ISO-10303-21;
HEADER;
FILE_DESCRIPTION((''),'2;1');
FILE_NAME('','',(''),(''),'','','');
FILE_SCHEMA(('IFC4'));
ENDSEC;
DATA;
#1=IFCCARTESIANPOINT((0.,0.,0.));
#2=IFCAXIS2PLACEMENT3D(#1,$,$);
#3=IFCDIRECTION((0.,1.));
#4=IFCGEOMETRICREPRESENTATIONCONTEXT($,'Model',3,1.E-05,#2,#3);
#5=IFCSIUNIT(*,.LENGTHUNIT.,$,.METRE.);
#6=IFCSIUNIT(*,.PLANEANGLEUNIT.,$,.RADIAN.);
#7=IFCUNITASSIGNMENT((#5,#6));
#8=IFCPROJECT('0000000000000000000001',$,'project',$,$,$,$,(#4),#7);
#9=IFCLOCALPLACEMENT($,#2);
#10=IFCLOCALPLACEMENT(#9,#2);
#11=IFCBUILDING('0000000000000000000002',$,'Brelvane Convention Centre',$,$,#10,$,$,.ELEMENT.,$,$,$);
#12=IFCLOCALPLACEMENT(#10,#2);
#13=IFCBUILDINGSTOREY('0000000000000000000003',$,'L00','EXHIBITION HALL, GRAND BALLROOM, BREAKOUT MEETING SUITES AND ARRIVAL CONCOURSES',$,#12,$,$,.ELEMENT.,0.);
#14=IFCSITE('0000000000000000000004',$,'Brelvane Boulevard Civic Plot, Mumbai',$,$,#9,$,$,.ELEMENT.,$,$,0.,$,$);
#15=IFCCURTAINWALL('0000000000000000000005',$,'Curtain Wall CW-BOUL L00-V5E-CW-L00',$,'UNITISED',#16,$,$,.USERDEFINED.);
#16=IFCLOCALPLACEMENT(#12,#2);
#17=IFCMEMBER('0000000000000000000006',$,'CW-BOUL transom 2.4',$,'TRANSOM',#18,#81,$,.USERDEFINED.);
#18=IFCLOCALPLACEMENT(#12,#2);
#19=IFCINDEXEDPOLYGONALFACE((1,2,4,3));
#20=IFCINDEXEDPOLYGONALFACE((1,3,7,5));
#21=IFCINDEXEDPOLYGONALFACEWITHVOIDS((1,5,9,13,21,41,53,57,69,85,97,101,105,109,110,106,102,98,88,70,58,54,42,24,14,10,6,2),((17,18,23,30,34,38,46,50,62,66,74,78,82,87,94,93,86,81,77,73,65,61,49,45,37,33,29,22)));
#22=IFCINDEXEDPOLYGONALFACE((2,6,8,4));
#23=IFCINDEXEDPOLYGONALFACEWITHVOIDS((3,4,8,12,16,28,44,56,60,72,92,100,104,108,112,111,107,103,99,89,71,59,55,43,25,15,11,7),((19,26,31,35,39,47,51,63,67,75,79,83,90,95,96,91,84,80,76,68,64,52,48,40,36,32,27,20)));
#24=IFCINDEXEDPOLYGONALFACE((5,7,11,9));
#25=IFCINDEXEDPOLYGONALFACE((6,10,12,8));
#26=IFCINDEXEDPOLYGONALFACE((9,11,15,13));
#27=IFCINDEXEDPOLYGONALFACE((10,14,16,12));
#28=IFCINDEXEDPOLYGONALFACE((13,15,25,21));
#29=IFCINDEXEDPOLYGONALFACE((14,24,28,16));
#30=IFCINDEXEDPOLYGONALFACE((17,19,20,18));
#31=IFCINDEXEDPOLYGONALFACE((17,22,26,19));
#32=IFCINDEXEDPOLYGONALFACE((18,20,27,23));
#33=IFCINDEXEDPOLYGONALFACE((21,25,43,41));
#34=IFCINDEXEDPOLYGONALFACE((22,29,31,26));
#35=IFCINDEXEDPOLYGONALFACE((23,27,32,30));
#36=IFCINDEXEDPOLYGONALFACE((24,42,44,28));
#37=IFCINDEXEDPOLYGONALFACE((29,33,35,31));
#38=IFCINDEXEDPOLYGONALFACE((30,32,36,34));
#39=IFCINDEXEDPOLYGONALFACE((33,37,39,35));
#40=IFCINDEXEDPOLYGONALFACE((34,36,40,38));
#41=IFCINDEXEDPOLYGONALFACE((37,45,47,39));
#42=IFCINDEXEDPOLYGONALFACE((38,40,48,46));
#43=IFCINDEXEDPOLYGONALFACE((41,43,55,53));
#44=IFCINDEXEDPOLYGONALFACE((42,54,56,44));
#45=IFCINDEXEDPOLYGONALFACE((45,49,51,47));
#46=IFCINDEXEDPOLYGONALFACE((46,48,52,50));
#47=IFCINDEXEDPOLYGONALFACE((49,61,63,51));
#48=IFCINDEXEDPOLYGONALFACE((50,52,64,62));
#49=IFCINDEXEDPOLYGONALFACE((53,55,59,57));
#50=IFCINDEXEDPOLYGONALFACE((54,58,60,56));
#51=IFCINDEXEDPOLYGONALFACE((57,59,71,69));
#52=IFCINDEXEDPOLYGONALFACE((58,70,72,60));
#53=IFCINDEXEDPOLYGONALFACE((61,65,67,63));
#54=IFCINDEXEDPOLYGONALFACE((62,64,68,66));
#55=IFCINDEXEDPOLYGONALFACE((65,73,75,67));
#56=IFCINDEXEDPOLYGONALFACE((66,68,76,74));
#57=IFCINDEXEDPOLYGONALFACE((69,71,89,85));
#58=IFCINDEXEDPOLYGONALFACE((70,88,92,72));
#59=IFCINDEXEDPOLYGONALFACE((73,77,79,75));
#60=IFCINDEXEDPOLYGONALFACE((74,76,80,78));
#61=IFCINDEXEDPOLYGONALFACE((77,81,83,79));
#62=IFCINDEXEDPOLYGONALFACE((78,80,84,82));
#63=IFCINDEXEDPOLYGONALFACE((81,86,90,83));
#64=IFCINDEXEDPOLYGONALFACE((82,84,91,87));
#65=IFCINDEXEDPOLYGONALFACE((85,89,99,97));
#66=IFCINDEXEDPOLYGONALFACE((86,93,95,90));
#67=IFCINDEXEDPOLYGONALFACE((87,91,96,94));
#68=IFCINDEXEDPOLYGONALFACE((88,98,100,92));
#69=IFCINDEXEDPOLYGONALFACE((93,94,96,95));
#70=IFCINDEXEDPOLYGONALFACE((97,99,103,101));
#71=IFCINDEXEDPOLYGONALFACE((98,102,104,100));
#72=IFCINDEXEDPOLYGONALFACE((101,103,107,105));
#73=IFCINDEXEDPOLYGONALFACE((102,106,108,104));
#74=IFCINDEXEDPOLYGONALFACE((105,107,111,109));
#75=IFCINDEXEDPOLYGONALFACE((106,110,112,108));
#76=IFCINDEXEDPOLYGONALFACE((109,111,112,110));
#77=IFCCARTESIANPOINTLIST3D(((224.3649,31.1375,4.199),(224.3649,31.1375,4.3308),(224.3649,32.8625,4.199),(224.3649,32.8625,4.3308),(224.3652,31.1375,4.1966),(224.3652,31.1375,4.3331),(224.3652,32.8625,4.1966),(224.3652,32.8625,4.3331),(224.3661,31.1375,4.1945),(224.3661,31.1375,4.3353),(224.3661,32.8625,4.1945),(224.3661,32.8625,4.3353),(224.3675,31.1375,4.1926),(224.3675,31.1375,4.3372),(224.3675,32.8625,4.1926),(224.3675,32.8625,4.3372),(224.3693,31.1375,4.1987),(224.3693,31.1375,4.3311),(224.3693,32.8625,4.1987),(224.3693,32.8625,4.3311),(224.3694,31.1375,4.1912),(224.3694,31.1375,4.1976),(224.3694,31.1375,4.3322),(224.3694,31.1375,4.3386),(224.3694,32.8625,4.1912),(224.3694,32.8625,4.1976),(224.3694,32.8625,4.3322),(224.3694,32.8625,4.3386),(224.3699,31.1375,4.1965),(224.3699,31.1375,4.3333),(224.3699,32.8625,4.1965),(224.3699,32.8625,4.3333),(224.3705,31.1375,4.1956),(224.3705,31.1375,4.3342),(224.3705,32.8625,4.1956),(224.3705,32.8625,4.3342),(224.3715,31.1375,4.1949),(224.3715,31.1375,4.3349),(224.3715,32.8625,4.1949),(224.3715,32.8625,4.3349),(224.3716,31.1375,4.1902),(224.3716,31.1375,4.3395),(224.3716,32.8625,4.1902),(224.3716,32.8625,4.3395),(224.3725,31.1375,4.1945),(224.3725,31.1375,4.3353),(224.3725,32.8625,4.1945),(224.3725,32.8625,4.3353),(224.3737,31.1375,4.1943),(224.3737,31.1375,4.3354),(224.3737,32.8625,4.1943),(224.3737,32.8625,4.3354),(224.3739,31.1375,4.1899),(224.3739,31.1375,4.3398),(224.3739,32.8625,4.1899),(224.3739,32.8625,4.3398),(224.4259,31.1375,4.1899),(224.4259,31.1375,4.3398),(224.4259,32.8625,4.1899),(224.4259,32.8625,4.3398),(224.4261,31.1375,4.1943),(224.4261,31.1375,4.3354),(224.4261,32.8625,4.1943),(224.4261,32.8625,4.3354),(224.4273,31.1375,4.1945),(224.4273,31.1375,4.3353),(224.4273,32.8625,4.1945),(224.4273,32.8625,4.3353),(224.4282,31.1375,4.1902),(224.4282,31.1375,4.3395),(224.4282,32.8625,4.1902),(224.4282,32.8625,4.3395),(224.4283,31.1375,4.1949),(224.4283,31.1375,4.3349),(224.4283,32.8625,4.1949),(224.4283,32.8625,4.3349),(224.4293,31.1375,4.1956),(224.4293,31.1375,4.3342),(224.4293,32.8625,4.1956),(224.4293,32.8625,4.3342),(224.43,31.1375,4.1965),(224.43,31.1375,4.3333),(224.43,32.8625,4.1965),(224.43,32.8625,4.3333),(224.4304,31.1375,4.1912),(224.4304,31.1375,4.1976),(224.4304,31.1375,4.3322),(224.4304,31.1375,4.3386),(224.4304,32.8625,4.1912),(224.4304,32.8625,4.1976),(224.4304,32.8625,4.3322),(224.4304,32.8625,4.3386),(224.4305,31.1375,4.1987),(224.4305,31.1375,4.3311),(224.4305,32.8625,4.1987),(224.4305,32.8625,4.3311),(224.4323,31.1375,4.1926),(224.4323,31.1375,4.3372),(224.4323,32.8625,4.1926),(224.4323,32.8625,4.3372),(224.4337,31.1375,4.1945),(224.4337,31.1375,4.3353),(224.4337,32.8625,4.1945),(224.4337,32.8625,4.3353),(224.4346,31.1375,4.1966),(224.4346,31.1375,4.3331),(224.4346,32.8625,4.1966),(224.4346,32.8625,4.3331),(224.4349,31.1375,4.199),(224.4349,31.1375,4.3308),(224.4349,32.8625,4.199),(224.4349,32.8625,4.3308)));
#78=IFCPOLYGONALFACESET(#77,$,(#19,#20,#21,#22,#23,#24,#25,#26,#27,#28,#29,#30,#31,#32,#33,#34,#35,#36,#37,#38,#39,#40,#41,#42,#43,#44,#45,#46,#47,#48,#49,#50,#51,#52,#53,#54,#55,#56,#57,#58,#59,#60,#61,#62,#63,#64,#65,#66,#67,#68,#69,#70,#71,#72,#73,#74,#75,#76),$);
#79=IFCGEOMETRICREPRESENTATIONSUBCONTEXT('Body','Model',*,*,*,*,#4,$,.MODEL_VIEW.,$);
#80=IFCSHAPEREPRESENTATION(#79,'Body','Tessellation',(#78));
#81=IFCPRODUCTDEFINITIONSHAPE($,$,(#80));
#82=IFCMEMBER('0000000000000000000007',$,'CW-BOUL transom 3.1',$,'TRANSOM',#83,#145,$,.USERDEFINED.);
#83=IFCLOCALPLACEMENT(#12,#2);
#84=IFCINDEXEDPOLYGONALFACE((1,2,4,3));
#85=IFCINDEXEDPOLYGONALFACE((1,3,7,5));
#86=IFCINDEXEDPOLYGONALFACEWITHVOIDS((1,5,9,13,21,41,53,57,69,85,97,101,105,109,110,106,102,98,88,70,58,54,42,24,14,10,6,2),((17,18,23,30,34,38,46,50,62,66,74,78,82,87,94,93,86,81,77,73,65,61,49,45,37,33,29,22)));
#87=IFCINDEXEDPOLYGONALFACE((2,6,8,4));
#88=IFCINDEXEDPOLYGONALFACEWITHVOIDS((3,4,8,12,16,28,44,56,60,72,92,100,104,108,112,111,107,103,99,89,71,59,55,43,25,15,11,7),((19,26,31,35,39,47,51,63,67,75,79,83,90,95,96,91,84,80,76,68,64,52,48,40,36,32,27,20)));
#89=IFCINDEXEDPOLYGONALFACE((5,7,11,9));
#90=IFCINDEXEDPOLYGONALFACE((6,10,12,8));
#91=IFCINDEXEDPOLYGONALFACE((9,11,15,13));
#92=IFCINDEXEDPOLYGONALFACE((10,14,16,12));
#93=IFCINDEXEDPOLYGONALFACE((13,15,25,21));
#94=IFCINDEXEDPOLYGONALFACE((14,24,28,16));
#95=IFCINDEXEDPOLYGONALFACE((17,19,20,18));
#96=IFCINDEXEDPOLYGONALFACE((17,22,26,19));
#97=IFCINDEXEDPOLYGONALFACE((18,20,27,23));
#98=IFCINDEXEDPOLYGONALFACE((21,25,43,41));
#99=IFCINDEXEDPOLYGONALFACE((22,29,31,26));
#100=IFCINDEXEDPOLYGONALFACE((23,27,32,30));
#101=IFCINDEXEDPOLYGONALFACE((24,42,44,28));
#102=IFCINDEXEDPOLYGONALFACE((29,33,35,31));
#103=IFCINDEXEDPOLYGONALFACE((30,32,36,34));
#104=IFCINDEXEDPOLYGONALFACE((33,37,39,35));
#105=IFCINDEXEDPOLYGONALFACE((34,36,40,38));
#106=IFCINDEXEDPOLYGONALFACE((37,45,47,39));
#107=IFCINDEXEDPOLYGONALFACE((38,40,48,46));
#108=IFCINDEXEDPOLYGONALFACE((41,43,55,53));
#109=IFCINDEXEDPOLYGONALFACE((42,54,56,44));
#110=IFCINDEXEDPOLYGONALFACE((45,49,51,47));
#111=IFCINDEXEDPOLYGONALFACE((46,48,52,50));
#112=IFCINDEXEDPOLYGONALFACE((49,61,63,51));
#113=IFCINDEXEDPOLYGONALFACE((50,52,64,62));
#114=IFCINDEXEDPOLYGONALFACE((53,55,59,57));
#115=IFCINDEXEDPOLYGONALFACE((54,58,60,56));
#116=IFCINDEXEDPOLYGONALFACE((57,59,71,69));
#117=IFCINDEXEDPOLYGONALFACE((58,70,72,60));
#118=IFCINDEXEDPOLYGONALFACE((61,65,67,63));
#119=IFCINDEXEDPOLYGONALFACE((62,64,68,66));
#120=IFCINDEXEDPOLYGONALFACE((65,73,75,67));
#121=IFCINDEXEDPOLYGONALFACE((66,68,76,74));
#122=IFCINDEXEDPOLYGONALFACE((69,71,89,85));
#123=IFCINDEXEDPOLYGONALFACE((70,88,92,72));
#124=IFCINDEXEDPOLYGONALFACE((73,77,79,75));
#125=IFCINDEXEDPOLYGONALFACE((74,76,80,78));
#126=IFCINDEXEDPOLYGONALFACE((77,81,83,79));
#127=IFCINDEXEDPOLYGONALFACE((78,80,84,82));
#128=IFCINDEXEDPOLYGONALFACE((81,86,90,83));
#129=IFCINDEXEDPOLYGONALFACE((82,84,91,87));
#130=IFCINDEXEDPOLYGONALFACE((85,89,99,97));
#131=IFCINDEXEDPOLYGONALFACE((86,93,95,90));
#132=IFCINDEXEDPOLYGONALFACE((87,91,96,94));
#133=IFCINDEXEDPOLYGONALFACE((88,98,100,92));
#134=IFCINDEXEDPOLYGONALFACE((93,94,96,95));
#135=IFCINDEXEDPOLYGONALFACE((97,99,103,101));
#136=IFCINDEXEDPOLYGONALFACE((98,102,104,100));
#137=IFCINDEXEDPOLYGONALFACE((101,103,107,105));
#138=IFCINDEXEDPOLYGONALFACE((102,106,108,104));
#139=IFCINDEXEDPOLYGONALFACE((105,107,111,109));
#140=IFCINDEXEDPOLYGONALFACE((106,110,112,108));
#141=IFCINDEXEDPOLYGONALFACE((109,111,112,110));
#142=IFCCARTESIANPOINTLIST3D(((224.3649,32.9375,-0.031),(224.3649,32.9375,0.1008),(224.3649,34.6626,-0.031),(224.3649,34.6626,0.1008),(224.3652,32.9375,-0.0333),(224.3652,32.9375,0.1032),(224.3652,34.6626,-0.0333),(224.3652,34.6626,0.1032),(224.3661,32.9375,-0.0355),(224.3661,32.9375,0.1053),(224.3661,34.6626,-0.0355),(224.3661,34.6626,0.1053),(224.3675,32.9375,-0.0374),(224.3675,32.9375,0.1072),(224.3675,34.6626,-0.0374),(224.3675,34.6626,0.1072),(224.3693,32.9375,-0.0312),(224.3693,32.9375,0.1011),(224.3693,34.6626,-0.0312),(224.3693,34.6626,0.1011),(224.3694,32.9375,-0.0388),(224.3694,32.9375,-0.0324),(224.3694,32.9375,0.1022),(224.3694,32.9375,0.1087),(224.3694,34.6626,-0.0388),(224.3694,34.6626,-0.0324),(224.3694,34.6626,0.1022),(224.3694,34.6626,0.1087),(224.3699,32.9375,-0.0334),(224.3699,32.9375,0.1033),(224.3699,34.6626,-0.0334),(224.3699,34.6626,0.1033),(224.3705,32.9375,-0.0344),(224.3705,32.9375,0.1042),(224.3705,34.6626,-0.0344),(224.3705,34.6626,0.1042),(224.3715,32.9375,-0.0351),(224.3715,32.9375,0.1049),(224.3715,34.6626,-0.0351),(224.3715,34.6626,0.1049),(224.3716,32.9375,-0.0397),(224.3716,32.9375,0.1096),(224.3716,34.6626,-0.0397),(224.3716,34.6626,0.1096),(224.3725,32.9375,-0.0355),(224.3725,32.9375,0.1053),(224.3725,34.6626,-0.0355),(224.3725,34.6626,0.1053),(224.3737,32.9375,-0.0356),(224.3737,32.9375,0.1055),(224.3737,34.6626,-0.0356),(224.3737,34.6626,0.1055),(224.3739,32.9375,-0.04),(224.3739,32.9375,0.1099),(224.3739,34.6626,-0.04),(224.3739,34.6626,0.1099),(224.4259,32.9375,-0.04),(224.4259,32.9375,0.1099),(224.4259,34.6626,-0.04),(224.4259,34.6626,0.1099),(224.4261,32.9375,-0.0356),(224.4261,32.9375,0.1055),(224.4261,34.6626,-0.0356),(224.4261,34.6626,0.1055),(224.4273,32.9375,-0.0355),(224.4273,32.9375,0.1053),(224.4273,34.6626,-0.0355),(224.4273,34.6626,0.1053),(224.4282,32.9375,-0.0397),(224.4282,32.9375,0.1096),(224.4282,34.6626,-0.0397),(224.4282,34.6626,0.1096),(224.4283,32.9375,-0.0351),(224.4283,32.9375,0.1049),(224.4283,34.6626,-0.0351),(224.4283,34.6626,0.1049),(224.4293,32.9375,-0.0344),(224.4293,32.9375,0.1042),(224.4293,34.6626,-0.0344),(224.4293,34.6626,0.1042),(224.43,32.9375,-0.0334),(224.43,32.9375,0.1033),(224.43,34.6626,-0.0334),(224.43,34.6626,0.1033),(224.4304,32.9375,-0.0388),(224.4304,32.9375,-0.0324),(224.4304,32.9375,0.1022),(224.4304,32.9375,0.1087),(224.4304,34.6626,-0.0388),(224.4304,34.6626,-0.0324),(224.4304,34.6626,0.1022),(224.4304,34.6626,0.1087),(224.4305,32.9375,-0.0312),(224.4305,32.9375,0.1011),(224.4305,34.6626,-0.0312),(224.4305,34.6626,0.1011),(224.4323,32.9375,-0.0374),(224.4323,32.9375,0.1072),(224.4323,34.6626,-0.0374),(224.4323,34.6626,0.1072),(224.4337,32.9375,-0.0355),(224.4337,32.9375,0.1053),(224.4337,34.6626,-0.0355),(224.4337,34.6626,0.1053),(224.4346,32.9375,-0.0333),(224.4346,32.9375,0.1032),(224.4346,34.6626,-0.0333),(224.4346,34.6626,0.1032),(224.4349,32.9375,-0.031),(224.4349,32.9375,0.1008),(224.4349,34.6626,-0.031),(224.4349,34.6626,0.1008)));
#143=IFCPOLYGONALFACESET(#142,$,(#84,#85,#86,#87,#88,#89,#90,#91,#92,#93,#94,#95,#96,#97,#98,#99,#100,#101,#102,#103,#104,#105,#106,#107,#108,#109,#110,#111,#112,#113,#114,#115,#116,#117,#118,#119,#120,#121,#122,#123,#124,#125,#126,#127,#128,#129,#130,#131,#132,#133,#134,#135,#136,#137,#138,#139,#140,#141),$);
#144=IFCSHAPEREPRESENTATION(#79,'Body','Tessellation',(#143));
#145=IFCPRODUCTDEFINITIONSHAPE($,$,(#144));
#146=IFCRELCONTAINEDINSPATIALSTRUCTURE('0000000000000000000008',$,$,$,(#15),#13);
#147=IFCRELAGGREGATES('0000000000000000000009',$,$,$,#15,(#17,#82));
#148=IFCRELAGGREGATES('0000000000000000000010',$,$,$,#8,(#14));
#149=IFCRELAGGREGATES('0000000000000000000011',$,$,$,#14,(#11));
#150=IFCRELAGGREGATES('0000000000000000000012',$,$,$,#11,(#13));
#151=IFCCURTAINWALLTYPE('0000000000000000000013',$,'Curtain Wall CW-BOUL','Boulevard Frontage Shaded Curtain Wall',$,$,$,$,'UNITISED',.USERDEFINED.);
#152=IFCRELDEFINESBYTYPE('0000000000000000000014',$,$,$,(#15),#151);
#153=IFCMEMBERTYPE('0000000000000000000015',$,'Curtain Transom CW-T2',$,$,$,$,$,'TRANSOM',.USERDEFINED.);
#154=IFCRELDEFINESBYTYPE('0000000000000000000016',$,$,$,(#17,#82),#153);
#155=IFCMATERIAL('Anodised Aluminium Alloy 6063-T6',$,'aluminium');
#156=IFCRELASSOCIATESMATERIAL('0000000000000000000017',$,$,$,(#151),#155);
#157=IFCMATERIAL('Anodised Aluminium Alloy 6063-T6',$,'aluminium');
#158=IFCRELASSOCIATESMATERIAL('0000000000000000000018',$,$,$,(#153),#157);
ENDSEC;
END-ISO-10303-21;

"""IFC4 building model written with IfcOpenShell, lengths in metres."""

from ifc_helpers import new_model, si_unit, direction, frame, origin, origin_2d, place, context, subcontext, project, spatial, hollow_rectangle, extrude, material, material_profile, profile_set, type_object, element, aggregate, save


model = new_model("IFC4")

# Units and contexts
model_context = context("Model", 3, precision=1e-05, world=origin(), true_north=direction((0.0, 1.0)))
body_context = subcontext(model_context, "Body", "Model", "MODEL_VIEW")
ifc_project = project(units=[si_unit("LENGTHUNIT", "METRE"), si_unit("PLANEANGLEUNIT", "RADIAN")], contexts=[model_context])

# Site, building, storey
site_placement = place(None, origin())
site = spatial("IfcSite", under=ifc_project, at=site_placement, Name="Brelvane Boulevard Civic Plot, Mumbai", CompositionType="ELEMENT", RefElevation=0.0)
building_placement = place(site_placement, origin())
building = spatial("IfcBuilding", under=site, at=building_placement, Name="Brelvane Convention Centre", CompositionType="ELEMENT")
storey_placement = place(building_placement, origin())
storey = spatial("IfcBuildingStorey", under=building, at=storey_placement, Name="L00", Description="EXHIBITION HALL, GRAND BALLROOM, BREAKOUT MEETING SUITES AND ARRIVAL CONCOURSES", CompositionType="ELEMENT", Elevation=0.0)

# Curtain wall, members
ifc_material_1 = material(Name="Anodised Aluminium Alloy 6063-T6", Category="aluminium")
curtain_wall_type = type_object("IfcCurtainWallType", Name="Curtain Wall CW-BOUL", Description="Boulevard Frontage Shaded Curtain Wall", ElementType="UNITISED", PredefinedType="USERDEFINED", material=ifc_material_1)
curtain_wall_placement = place(storey_placement, origin())
curtain_wall = element("IfcCurtainWall", 1, at=curtain_wall_placement, inside=storey, type_object=curtain_wall_type, Name="Curtain Wall CW-BOUL L00-V5E-CW-L00", ObjectType="UNITISED", PredefinedType="USERDEFINED")
ifc_material_2 = material(Name="Anodised Aluminium Alloy 6063-T6", Category="aluminium")
ifc_material_profile_1 = material_profile(ifc_material_2, hollow_rectangle(XDim=0.0701, YDim=0.1499, WallThickness=0.0044, InnerFilletRadius=0.0044, OuterFilletRadius=0.009, at=origin_2d()), Name="ALU-T 150x70x4.5")
ifc_profile_set_1 = profile_set([ifc_material_profile_1], Name="Anodised Aluminium Alloy 6063-T6")
member_type_1 = type_object("IfcMemberType", Name="Curtain Transom CW-T2", ElementType="TRANSOM", PredefinedType="USERDEFINED", material=ifc_profile_set_1)
member_1_placement = place(storey_placement, frame((224.3999, 31.1375, 4.2649), z_axis=(0.0, 1.0, 0.0), x_axis=(-1.0, 0.0, 0.0)))
member_1 = element("IfcMember", 2, at=member_1_placement, type_object=member_type_1, Name="CW-BOUL transom 2.4", ObjectType="TRANSOM", PredefinedType="USERDEFINED", context=body_context, shape_type="SweptSolid", body=[
    extrude(hollow_rectangle(XDim=0.0701, YDim=0.1499, WallThickness=0.0044, InnerFilletRadius=0.0044, OuterFilletRadius=0.009, at=origin_2d()), origin(), (0.0, 0.0, 1.0), 1.7251),
])
member_2_placement = place(storey_placement, frame((224.3999, 32.9375, 0.0349), z_axis=(0.0, 1.0, 0.0), x_axis=(-1.0, 0.0, 0.0)))
member_2 = element("IfcMember", 3, at=member_2_placement, type_object=member_type_1, Name="CW-BOUL transom 3.1", ObjectType="TRANSOM", PredefinedType="USERDEFINED", context=body_context, shape_type="SweptSolid", body=[
    extrude(hollow_rectangle(XDim=0.0701, YDim=0.1499, WallThickness=0.0044, InnerFilletRadius=0.0044, OuterFilletRadius=0.009, at=origin_2d()), origin(), (0.0, 0.0, 1.0), 1.7251),
])

aggregate(curtain_wall, [member_1, member_2])

save(model, "model.ifc")
